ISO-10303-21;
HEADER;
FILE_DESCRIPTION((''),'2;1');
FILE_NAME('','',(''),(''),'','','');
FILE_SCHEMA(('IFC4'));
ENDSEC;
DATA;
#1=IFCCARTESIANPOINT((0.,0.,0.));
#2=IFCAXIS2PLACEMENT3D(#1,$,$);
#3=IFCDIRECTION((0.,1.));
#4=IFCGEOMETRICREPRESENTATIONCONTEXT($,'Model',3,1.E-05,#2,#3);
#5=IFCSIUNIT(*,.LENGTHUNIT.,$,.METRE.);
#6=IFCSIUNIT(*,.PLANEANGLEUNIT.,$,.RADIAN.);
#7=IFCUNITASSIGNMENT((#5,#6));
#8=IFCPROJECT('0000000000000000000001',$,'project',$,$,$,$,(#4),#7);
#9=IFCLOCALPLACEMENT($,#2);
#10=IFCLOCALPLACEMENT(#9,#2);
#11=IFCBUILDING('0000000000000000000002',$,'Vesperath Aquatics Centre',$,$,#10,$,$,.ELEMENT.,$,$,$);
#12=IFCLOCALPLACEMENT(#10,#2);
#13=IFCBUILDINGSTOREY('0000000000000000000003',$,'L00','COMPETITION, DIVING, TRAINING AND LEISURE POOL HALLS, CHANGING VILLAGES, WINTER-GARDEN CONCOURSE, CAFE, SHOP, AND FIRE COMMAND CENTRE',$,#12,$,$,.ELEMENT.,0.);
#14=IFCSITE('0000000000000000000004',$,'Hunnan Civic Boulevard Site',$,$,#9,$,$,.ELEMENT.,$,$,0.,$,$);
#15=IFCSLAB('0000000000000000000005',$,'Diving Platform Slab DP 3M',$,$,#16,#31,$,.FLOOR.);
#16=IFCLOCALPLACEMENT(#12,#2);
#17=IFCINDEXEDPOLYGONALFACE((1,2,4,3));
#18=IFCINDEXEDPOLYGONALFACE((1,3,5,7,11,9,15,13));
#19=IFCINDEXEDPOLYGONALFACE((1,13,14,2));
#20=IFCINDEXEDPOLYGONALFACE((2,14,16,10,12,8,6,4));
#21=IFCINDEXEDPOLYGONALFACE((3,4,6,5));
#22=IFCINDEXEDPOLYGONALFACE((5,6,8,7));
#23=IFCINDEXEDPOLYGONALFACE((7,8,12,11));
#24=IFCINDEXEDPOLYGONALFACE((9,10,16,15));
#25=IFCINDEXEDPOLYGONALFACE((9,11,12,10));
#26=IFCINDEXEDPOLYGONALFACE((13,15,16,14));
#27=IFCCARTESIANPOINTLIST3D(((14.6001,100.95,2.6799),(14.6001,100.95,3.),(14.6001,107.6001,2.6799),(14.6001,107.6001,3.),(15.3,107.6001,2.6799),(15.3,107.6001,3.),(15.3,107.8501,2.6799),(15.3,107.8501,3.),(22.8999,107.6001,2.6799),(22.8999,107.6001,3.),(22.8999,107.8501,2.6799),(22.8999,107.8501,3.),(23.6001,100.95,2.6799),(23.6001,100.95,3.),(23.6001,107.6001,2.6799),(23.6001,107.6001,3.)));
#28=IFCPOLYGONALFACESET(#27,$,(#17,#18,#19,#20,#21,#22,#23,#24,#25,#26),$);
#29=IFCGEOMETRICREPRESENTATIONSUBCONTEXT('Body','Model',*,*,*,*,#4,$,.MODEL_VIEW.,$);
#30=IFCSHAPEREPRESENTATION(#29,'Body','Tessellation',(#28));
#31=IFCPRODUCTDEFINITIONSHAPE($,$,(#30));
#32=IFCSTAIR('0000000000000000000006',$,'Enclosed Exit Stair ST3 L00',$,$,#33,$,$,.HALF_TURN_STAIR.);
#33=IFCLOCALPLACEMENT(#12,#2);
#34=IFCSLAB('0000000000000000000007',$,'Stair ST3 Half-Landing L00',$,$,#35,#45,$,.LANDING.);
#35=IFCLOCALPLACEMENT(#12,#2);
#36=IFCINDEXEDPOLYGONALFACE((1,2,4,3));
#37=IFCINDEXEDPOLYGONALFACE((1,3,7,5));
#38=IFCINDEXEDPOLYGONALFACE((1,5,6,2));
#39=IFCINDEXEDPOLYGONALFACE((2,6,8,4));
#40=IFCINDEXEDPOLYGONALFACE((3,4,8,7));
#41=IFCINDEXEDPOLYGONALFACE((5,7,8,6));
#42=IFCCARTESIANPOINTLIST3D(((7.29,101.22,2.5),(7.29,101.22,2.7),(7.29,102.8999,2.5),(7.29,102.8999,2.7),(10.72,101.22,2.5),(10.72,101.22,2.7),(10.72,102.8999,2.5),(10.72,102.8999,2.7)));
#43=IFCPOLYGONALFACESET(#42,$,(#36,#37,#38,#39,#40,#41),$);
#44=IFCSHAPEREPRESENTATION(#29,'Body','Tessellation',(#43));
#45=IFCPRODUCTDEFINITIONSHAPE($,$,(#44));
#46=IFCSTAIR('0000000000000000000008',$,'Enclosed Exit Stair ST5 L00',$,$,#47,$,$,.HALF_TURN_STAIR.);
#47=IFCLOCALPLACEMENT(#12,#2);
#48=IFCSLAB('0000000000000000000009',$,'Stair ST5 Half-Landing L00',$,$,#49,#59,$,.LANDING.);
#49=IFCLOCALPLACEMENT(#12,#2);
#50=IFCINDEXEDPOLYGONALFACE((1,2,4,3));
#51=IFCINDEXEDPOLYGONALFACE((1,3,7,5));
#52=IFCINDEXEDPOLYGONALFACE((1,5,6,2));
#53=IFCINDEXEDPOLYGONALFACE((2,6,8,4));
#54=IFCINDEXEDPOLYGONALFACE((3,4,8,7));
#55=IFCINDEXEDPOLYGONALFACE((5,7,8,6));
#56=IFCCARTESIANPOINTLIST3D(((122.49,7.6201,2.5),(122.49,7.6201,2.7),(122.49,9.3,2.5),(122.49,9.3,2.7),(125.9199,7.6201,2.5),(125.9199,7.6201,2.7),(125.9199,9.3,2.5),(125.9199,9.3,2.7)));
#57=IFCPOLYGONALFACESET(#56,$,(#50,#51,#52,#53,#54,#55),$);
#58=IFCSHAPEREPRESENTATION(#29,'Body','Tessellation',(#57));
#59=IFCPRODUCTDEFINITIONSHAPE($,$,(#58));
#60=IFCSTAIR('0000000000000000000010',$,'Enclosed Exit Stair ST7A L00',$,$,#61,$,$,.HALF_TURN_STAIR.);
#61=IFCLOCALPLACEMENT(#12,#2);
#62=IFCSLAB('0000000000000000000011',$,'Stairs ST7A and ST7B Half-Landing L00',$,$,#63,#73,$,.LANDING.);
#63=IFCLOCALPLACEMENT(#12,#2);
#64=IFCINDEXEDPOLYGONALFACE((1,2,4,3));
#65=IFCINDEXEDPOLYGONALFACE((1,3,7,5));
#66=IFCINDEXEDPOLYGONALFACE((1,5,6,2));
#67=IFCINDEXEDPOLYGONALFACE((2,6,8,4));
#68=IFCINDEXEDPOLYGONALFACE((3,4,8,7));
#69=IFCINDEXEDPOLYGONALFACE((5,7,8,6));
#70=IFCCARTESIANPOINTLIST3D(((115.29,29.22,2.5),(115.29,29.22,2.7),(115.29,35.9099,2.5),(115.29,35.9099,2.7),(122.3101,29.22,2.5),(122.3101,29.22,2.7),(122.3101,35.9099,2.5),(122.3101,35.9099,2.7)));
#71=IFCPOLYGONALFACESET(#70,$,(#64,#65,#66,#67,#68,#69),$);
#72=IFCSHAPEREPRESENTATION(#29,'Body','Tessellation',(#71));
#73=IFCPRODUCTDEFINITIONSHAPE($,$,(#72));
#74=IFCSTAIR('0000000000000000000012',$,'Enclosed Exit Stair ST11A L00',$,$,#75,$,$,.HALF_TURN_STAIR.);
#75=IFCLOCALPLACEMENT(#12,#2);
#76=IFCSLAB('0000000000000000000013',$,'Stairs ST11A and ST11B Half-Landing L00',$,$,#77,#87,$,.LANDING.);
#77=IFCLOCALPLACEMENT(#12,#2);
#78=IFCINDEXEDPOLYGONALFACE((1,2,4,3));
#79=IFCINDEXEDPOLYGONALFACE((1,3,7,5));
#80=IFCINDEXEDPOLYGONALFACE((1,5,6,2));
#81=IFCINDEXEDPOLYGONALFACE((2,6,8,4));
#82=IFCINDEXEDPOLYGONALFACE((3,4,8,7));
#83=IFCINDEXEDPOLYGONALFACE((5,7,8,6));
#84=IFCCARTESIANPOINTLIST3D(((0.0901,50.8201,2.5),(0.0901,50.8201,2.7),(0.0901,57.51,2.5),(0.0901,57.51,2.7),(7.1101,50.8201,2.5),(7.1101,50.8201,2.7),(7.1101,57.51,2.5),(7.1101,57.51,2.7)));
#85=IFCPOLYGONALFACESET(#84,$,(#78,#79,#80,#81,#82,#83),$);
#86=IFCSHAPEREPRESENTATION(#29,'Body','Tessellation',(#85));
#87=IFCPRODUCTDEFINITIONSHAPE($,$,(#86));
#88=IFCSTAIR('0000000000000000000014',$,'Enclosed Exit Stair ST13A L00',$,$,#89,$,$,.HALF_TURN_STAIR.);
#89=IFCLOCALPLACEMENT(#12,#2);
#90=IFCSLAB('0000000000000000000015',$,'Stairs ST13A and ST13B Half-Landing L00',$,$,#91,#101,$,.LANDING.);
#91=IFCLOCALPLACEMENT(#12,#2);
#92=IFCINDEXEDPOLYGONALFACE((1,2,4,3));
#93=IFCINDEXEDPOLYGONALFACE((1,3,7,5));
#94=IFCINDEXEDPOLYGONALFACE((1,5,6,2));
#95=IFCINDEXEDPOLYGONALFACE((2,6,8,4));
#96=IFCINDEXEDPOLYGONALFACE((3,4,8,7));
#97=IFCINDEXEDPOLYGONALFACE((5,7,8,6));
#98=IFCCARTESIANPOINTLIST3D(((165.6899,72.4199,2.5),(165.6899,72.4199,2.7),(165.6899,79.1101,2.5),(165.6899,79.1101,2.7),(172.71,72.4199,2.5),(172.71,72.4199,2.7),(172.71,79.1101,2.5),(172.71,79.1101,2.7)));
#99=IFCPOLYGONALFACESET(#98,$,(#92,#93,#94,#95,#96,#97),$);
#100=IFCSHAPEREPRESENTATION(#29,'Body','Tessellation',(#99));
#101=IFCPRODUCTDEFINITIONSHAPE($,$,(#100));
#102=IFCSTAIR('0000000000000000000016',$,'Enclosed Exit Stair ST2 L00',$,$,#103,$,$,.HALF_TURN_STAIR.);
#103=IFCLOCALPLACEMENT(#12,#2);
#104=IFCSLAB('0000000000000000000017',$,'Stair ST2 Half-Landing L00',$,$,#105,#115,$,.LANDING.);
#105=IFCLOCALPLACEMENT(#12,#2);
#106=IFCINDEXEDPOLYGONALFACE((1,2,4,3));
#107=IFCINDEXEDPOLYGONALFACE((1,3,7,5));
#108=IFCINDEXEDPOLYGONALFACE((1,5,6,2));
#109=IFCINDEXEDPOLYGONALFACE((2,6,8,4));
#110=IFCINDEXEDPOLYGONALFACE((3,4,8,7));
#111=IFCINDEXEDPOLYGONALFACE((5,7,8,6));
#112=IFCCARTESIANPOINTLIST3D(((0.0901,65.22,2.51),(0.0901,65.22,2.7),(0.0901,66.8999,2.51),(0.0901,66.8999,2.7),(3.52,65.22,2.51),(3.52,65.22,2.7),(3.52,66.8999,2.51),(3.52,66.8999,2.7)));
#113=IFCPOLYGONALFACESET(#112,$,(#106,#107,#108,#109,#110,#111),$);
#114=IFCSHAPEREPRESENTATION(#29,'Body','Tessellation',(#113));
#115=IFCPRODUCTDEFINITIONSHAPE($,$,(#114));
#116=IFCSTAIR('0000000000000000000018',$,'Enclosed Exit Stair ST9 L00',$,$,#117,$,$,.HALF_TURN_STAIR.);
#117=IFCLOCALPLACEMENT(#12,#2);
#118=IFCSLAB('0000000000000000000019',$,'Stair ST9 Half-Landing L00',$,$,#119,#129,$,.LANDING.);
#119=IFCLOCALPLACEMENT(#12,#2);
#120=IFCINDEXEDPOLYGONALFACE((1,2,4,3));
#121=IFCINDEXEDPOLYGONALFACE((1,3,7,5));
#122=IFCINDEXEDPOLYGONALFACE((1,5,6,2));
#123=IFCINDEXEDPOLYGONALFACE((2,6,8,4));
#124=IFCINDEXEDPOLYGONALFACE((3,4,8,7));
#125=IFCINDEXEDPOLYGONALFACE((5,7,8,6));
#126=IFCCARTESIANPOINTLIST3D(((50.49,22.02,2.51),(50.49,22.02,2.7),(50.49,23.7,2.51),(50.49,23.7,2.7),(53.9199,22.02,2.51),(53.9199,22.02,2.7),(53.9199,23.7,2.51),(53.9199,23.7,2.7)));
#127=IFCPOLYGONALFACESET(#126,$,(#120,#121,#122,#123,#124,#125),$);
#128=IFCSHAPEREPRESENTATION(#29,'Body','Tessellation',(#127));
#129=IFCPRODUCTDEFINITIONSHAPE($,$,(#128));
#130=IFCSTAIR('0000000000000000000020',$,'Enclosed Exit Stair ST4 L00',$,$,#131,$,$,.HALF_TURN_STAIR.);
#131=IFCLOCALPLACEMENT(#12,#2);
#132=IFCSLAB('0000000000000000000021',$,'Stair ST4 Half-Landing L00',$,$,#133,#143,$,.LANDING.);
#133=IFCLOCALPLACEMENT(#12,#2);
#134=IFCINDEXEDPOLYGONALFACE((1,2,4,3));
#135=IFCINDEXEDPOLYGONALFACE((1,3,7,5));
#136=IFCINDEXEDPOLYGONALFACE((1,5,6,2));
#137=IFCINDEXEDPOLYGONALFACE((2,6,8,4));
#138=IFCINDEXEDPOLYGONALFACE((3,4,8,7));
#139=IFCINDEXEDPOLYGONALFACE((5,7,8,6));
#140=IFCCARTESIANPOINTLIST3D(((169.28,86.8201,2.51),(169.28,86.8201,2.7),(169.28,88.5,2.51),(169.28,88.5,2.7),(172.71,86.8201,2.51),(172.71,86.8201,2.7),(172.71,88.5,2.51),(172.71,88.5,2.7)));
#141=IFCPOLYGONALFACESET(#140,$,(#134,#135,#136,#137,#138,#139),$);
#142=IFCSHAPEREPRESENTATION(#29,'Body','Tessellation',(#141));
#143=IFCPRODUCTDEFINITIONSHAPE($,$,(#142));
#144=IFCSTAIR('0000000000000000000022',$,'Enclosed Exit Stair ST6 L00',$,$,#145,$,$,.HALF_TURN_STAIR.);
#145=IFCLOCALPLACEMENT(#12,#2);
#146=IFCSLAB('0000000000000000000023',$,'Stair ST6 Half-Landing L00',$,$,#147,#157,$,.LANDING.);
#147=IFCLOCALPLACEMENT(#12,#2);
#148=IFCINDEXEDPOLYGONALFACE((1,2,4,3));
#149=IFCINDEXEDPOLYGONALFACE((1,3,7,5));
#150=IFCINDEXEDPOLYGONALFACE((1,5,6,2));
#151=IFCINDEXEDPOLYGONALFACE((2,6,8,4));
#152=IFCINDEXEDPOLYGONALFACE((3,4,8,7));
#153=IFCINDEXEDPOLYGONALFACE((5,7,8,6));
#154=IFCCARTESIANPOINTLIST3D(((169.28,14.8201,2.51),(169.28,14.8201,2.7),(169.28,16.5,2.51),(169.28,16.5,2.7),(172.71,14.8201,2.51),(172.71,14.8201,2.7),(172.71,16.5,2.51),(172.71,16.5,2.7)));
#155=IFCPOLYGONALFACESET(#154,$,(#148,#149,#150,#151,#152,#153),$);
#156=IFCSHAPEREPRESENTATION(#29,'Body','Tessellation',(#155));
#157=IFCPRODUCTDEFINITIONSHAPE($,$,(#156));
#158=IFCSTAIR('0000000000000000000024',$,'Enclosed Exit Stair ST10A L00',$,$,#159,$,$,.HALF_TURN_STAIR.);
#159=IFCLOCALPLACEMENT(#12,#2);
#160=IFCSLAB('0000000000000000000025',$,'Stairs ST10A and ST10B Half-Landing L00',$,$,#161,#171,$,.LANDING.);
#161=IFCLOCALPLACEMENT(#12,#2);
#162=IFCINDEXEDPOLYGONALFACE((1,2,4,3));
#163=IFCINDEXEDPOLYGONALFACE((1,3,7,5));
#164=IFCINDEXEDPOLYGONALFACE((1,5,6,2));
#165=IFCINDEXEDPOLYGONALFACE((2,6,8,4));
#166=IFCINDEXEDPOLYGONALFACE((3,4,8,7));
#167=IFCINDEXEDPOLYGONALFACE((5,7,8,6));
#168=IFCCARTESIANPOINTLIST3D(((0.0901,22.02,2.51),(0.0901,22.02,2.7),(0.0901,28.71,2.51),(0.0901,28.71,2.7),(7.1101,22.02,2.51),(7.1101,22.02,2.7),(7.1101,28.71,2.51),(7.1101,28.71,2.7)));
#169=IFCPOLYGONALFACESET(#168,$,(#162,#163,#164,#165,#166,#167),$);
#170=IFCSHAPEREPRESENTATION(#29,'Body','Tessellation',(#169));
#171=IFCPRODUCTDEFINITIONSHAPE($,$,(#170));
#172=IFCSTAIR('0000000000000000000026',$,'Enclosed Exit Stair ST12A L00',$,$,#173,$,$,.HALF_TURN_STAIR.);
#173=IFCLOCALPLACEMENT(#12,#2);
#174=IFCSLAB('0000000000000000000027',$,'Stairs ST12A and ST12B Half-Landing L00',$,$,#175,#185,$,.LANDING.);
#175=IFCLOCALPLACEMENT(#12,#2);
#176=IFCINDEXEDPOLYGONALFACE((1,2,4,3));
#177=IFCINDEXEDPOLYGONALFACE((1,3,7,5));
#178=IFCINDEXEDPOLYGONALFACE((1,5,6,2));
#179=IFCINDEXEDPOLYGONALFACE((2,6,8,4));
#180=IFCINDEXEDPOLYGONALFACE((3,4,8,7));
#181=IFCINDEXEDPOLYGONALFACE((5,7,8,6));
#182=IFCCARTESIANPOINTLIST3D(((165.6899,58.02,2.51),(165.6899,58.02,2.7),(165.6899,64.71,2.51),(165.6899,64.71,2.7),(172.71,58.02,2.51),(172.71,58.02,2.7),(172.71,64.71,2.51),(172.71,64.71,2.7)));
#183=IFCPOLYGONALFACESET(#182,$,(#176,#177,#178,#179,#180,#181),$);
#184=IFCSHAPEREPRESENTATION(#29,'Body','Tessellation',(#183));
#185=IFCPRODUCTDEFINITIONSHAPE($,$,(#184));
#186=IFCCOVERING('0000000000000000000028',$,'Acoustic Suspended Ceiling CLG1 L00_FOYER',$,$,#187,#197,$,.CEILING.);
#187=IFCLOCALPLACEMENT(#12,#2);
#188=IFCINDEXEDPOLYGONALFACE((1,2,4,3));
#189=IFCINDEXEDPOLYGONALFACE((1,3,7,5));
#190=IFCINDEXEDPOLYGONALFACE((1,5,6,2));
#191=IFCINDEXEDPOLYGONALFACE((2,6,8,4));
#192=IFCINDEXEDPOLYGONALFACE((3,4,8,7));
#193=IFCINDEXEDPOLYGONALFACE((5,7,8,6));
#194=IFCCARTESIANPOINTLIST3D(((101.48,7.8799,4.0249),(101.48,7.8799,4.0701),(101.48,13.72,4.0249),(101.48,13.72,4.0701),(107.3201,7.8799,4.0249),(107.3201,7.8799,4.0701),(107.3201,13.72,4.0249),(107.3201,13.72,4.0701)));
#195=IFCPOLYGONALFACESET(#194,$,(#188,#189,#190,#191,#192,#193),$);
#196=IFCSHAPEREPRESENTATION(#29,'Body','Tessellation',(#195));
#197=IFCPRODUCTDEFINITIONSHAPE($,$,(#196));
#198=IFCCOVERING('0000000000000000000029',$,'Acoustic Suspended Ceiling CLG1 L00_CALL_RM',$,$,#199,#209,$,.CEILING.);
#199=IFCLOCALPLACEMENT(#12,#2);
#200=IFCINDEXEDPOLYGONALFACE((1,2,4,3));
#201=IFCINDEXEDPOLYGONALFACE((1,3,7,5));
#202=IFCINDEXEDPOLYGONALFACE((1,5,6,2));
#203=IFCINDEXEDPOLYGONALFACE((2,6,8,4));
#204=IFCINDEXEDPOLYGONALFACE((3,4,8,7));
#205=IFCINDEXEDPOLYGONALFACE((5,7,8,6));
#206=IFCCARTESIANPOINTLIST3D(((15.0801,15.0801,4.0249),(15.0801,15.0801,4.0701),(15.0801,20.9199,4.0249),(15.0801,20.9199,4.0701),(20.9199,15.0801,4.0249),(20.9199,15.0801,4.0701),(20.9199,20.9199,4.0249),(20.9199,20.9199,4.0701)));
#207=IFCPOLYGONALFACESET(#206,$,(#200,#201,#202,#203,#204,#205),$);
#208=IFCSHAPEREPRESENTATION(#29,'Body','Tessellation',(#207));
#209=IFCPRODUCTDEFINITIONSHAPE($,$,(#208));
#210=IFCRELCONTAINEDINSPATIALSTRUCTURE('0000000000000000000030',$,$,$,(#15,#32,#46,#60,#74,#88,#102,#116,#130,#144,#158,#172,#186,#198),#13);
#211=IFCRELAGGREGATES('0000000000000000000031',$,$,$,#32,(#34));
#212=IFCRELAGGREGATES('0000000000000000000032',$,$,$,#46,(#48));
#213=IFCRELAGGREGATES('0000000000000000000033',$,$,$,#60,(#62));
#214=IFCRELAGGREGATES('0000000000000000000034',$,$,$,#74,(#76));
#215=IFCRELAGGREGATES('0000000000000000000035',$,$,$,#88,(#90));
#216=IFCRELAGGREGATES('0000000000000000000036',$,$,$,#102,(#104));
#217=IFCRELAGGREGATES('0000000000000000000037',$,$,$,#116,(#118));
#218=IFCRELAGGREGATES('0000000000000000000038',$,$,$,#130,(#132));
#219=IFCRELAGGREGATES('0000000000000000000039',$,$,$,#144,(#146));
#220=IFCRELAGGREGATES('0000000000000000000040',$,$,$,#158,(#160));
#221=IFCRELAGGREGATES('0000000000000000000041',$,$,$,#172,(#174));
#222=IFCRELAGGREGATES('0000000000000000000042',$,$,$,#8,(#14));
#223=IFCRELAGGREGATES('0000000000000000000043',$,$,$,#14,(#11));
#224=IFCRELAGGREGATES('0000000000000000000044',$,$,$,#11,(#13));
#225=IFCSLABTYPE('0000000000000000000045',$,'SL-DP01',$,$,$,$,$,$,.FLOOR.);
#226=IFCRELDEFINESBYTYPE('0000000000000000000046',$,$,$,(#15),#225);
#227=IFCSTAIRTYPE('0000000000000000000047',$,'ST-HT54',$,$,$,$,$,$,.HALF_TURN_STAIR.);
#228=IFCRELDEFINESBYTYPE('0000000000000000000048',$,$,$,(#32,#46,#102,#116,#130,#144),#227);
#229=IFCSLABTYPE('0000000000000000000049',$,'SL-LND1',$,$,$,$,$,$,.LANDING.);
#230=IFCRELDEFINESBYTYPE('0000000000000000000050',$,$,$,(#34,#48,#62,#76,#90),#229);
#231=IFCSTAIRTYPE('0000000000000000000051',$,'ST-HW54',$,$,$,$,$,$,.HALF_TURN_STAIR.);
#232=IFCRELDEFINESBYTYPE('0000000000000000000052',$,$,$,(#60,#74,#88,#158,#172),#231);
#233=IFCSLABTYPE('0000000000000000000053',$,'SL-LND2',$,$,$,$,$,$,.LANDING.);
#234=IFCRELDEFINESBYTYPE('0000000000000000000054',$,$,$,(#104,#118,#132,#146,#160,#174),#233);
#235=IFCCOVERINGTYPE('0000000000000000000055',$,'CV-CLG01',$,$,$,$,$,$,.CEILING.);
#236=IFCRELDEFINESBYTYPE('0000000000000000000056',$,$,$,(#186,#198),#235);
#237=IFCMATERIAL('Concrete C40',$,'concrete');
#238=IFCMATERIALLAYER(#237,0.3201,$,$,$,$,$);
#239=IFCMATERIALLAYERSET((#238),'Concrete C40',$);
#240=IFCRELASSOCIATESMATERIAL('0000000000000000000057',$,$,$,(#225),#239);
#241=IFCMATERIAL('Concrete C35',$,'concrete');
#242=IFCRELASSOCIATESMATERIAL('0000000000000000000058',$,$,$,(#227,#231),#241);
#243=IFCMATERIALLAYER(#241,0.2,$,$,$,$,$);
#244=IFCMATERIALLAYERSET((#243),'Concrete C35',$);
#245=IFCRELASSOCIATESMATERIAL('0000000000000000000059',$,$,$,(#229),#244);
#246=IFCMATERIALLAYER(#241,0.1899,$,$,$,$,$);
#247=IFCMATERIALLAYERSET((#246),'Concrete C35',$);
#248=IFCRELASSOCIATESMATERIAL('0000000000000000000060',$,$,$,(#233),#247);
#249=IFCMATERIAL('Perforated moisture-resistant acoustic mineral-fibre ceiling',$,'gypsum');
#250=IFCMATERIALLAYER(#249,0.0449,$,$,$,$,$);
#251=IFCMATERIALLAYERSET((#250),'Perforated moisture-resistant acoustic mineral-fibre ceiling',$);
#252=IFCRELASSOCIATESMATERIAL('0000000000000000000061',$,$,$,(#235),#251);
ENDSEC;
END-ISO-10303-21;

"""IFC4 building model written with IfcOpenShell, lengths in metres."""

from ifc_helpers import new_model, si_unit, direction, frame, origin, place, context, subcontext, project, spatial, polyline, outline, extrude, material, layer, layer_set, type_object, element, aggregate, save


model = new_model("IFC4")

# Units and contexts
model_context = context("Model", 3, precision=1e-05, world=origin(), true_north=direction((0.0, 1.0)))
body_context = subcontext(model_context, "Body", "Model", "MODEL_VIEW")
ifc_project = project(units=[si_unit("LENGTHUNIT", "METRE"), si_unit("PLANEANGLEUNIT", "RADIAN")], contexts=[model_context])

# Site, building, storey
site_placement = place(None, origin())
site = spatial("IfcSite", under=ifc_project, at=site_placement, Name="Hunnan Civic Boulevard Site", CompositionType="ELEMENT", RefElevation=0.0)
building_placement = place(site_placement, origin())
building = spatial("IfcBuilding", under=site, at=building_placement, Name="Vesperath Aquatics Centre", CompositionType="ELEMENT")
storey_placement = place(building_placement, origin())
storey = spatial("IfcBuildingStorey", under=building, at=storey_placement, Name="L00", Description="COMPETITION, DIVING, TRAINING AND LEISURE POOL HALLS, CHANGING VILLAGES, WINTER-GARDEN CONCOURSE, CAFE, SHOP, AND FIRE COMMAND CENTRE", CompositionType="ELEMENT", Elevation=0.0)

# Slab
ifc_material_1 = material(Name="Concrete C40", Category="concrete")
ifc_layer_1 = layer(ifc_material_1, 0.3201)
ifc_layer_set_1 = layer_set([ifc_layer_1], Name="Concrete C40")
slab_type_1 = type_object("IfcSlabType", Name="SL-DP01", PredefinedType="FLOOR", material=ifc_layer_set_1)
slab_1_placement = place(storey_placement, frame((0.0, 0.0, 2.6799)))
element("IfcSlab", 1, at=slab_1_placement, inside=storey, type_object=slab_type_1, Name="Diving Platform Slab DP 3M", PredefinedType="FLOOR", context=body_context, shape_type="SweptSolid", body=[
    extrude(outline(polyline([(14.6001, 100.95), (23.6001, 100.95), (23.6001, 107.6001), (22.8999, 107.6001), (22.8999, 107.8501), (15.3, 107.8501), (15.3, 107.6001), (14.6001, 107.6001), (14.6001, 100.95)])), origin(), (0.0, 0.0, 1.0), 0.3201),
])

# Stairs, slabs
ifc_material_2 = material(Name="Concrete C35", Category="concrete")
stair_type_1 = type_object("IfcStairType", Name="ST-HT54", PredefinedType="HALF_TURN_STAIR", material=ifc_material_2)
stair_1_placement = place(storey_placement, origin())
stair_1 = element("IfcStair", 2, at=stair_1_placement, inside=storey, type_object=stair_type_1, Name="Enclosed Exit Stair ST3 L00", PredefinedType="HALF_TURN_STAIR")
ifc_layer_2 = layer(ifc_material_2, 0.2)
ifc_layer_set_2 = layer_set([ifc_layer_2], Name="Concrete C35")
slab_type_2 = type_object("IfcSlabType", Name="SL-LND1", PredefinedType="LANDING", material=ifc_layer_set_2)
slab_2_placement = place(storey_placement, frame((0.0, 0.0, 2.5)))
slab_2 = element("IfcSlab", 3, at=slab_2_placement, type_object=slab_type_2, Name="Stair ST3 Half-Landing L00", PredefinedType="LANDING", context=body_context, shape_type="SweptSolid", body=[
    extrude(outline(polyline([(7.29, 101.22), (10.72, 101.22), (10.72, 102.8999), (7.29, 102.8999), (7.29, 101.22)])), origin(), (0.0, 0.0, 1.0), 0.2),
])
aggregate(stair_1, [slab_2])
stair_2_placement = place(storey_placement, origin())
stair_2 = element("IfcStair", 4, at=stair_2_placement, inside=storey, type_object=stair_type_1, Name="Enclosed Exit Stair ST5 L00", PredefinedType="HALF_TURN_STAIR")
slab_3_placement = place(storey_placement, frame((0.0, 0.0, 2.5)))
slab_3 = element("IfcSlab", 5, at=slab_3_placement, type_object=slab_type_2, Name="Stair ST5 Half-Landing L00", PredefinedType="LANDING", context=body_context, shape_type="SweptSolid", body=[
    extrude(outline(polyline([(122.49, 7.6201), (125.9199, 7.6201), (125.9199, 9.3), (122.49, 9.3), (122.49, 7.6201)])), origin(), (0.0, 0.0, 1.0), 0.2),
])
aggregate(stair_2, [slab_3])
stair_type_2 = type_object("IfcStairType", Name="ST-HW54", PredefinedType="HALF_TURN_STAIR", material=ifc_material_2)
stair_3_placement = place(storey_placement, origin())
stair_3 = element("IfcStair", 6, at=stair_3_placement, inside=storey, type_object=stair_type_2, Name="Enclosed Exit Stair ST7A L00", PredefinedType="HALF_TURN_STAIR")
slab_4_placement = place(storey_placement, frame((0.0, 0.0, 2.5)))
slab_4 = element("IfcSlab", 7, at=slab_4_placement, type_object=slab_type_2, Name="Stairs ST7A and ST7B Half-Landing L00", PredefinedType="LANDING", context=body_context, shape_type="SweptSolid", body=[
    extrude(outline(polyline([(115.29, 29.22), (122.3101, 29.22), (122.3101, 35.9099), (115.29, 35.9099), (115.29, 29.22)])), origin(), (0.0, 0.0, 1.0), 0.2),
])
aggregate(stair_3, [slab_4])
stair_4_placement = place(storey_placement, origin())
stair_4 = element("IfcStair", 8, at=stair_4_placement, inside=storey, type_object=stair_type_2, Name="Enclosed Exit Stair ST11A L00", PredefinedType="HALF_TURN_STAIR")
slab_5_placement = place(storey_placement, frame((0.0, 0.0, 2.5)))
slab_5 = element("IfcSlab", 9, at=slab_5_placement, type_object=slab_type_2, Name="Stairs ST11A and ST11B Half-Landing L00", PredefinedType="LANDING", context=body_context, shape_type="SweptSolid", body=[
    extrude(outline(polyline([(0.0901, 50.8201), (7.1101, 50.8201), (7.1101, 57.51), (0.0901, 57.51), (0.0901, 50.8201)])), origin(), (0.0, 0.0, 1.0), 0.2),
])
aggregate(stair_4, [slab_5])
stair_5_placement = place(storey_placement, origin())
stair_5 = element("IfcStair", 10, at=stair_5_placement, inside=storey, type_object=stair_type_2, Name="Enclosed Exit Stair ST13A L00", PredefinedType="HALF_TURN_STAIR")
slab_6_placement = place(storey_placement, frame((0.0, 0.0, 2.5)))
slab_6 = element("IfcSlab", 11, at=slab_6_placement, type_object=slab_type_2, Name="Stairs ST13A and ST13B Half-Landing L00", PredefinedType="LANDING", context=body_context, shape_type="SweptSolid", body=[
    extrude(outline(polyline([(165.6899, 72.4199), (172.71, 72.4199), (172.71, 79.1101), (165.6899, 79.1101), (165.6899, 72.4199)])), origin(), (0.0, 0.0, 1.0), 0.2),
])
aggregate(stair_5, [slab_6])
stair_6_placement = place(storey_placement, origin())
stair_6 = element("IfcStair", 12, at=stair_6_placement, inside=storey, type_object=stair_type_1, Name="Enclosed Exit Stair ST2 L00", PredefinedType="HALF_TURN_STAIR")
ifc_layer_3 = layer(ifc_material_2, 0.1899)
ifc_layer_set_3 = layer_set([ifc_layer_3], Name="Concrete C35")
slab_type_3 = type_object("IfcSlabType", Name="SL-LND2", PredefinedType="LANDING", material=ifc_layer_set_3)
slab_7_placement = place(storey_placement, frame((0.0, 0.0, 2.51)))
slab_7 = element("IfcSlab", 13, at=slab_7_placement, type_object=slab_type_3, Name="Stair ST2 Half-Landing L00", PredefinedType="LANDING", context=body_context, shape_type="SweptSolid", body=[
    extrude(outline(polyline([(0.0901, 65.22), (3.52, 65.22), (3.52, 66.8999), (0.0901, 66.8999), (0.0901, 65.22)])), origin(), (0.0, 0.0, 1.0), 0.1899),
])
aggregate(stair_6, [slab_7])
stair_7_placement = place(storey_placement, origin())
stair_7 = element("IfcStair", 14, at=stair_7_placement, inside=storey, type_object=stair_type_1, Name="Enclosed Exit Stair ST9 L00", PredefinedType="HALF_TURN_STAIR")
slab_8_placement = place(storey_placement, frame((0.0, 0.0, 2.51)))
slab_8 = element("IfcSlab", 15, at=slab_8_placement, type_object=slab_type_3, Name="Stair ST9 Half-Landing L00", PredefinedType="LANDING", context=body_context, shape_type="SweptSolid", body=[
    extrude(outline(polyline([(50.49, 22.02), (53.9199, 22.02), (53.9199, 23.7), (50.49, 23.7), (50.49, 22.02)])), origin(), (0.0, 0.0, 1.0), 0.1899),
])
aggregate(stair_7, [slab_8])
stair_8_placement = place(storey_placement, origin())
stair_8 = element("IfcStair", 16, at=stair_8_placement, inside=storey, type_object=stair_type_1, Name="Enclosed Exit Stair ST4 L00", PredefinedType="HALF_TURN_STAIR")
slab_9_placement = place(storey_placement, frame((0.0, 0.0, 2.51)))
slab_9 = element("IfcSlab", 17, at=slab_9_placement, type_object=slab_type_3, Name="Stair ST4 Half-Landing L00", PredefinedType="LANDING", context=body_context, shape_type="SweptSolid", body=[
    extrude(outline(polyline([(169.28, 86.8201), (172.71, 86.8201), (172.71, 88.5), (169.28, 88.5), (169.28, 86.8201)])), origin(), (0.0, 0.0, 1.0), 0.1899),
])
aggregate(stair_8, [slab_9])
stair_9_placement = place(storey_placement, origin())
stair_9 = element("IfcStair", 18, at=stair_9_placement, inside=storey, type_object=stair_type_1, Name="Enclosed Exit Stair ST6 L00", PredefinedType="HALF_TURN_STAIR")
slab_10_placement = place(storey_placement, frame((0.0, 0.0, 2.51)))
slab_10 = element("IfcSlab", 19, at=slab_10_placement, type_object=slab_type_3, Name="Stair ST6 Half-Landing L00", PredefinedType="LANDING", context=body_context, shape_type="SweptSolid", body=[
    extrude(outline(polyline([(169.28, 14.8201), (172.71, 14.8201), (172.71, 16.5), (169.28, 16.5), (169.28, 14.8201)])), origin(), (0.0, 0.0, 1.0), 0.1899),
])
aggregate(stair_9, [slab_10])
stair_10_placement = place(storey_placement, origin())
stair_10 = element("IfcStair", 20, at=stair_10_placement, inside=storey, type_object=stair_type_2, Name="Enclosed Exit Stair ST10A L00", PredefinedType="HALF_TURN_STAIR")
slab_11_placement = place(storey_placement, frame((0.0, 0.0, 2.51)))
slab_11 = element("IfcSlab", 21, at=slab_11_placement, type_object=slab_type_3, Name="Stairs ST10A and ST10B Half-Landing L00", PredefinedType="LANDING", context=body_context, shape_type="SweptSolid", body=[
    extrude(outline(polyline([(0.0901, 22.02), (7.1101, 22.02), (7.1101, 28.71), (0.0901, 28.71), (0.0901, 22.02)])), origin(), (0.0, 0.0, 1.0), 0.1899),
])
aggregate(stair_10, [slab_11])
stair_11_placement = place(storey_placement, origin())
stair_11 = element("IfcStair", 22, at=stair_11_placement, inside=storey, type_object=stair_type_2, Name="Enclosed Exit Stair ST12A L00", PredefinedType="HALF_TURN_STAIR")
slab_12_placement = place(storey_placement, frame((0.0, 0.0, 2.51)))
slab_12 = element("IfcSlab", 23, at=slab_12_placement, type_object=slab_type_3, Name="Stairs ST12A and ST12B Half-Landing L00", PredefinedType="LANDING", context=body_context, shape_type="SweptSolid", body=[
    extrude(outline(polyline([(165.6899, 58.02), (172.71, 58.02), (172.71, 64.71), (165.6899, 64.71), (165.6899, 58.02)])), origin(), (0.0, 0.0, 1.0), 0.1899),
])
aggregate(stair_11, [slab_12])

# Coverings
ifc_material_3 = material(Name="Perforated moisture-resistant acoustic mineral-fibre ceiling", Category="gypsum")
ifc_layer_4 = layer(ifc_material_3, 0.0449)
ifc_layer_set_4 = layer_set([ifc_layer_4], Name="Perforated moisture-resistant acoustic mineral-fibre ceiling")
covering_type = type_object("IfcCoveringType", Name="CV-CLG01", PredefinedType="CEILING", material=ifc_layer_set_4)
covering_1_placement = place(storey_placement, frame((0.0, 0.0, 4.0249)))
element("IfcCovering", 24, at=covering_1_placement, inside=storey, type_object=covering_type, Name="Acoustic Suspended Ceiling CLG1 L00_FOYER", PredefinedType="CEILING", context=body_context, shape_type="SweptSolid", body=[
    extrude(outline(polyline([(101.48, 7.8799), (107.3201, 7.8799), (107.3201, 13.72), (101.48, 13.72), (101.48, 7.8799)])), origin(), (0.0, 0.0, 1.0), 0.0452),
])
covering_2_placement = place(storey_placement, frame((0.0, 0.0, 4.0249)))
element("IfcCovering", 25, at=covering_2_placement, inside=storey, type_object=covering_type, Name="Acoustic Suspended Ceiling CLG1 L00_CALL_RM", PredefinedType="CEILING", context=body_context, shape_type="SweptSolid", body=[
    extrude(outline(polyline([(15.0801, 15.0801), (20.9199, 15.0801), (20.9199, 20.9199), (15.0801, 20.9199), (15.0801, 15.0801)])), origin(), (0.0, 0.0, 1.0), 0.0452),
])

save(model, "model.ifc")
